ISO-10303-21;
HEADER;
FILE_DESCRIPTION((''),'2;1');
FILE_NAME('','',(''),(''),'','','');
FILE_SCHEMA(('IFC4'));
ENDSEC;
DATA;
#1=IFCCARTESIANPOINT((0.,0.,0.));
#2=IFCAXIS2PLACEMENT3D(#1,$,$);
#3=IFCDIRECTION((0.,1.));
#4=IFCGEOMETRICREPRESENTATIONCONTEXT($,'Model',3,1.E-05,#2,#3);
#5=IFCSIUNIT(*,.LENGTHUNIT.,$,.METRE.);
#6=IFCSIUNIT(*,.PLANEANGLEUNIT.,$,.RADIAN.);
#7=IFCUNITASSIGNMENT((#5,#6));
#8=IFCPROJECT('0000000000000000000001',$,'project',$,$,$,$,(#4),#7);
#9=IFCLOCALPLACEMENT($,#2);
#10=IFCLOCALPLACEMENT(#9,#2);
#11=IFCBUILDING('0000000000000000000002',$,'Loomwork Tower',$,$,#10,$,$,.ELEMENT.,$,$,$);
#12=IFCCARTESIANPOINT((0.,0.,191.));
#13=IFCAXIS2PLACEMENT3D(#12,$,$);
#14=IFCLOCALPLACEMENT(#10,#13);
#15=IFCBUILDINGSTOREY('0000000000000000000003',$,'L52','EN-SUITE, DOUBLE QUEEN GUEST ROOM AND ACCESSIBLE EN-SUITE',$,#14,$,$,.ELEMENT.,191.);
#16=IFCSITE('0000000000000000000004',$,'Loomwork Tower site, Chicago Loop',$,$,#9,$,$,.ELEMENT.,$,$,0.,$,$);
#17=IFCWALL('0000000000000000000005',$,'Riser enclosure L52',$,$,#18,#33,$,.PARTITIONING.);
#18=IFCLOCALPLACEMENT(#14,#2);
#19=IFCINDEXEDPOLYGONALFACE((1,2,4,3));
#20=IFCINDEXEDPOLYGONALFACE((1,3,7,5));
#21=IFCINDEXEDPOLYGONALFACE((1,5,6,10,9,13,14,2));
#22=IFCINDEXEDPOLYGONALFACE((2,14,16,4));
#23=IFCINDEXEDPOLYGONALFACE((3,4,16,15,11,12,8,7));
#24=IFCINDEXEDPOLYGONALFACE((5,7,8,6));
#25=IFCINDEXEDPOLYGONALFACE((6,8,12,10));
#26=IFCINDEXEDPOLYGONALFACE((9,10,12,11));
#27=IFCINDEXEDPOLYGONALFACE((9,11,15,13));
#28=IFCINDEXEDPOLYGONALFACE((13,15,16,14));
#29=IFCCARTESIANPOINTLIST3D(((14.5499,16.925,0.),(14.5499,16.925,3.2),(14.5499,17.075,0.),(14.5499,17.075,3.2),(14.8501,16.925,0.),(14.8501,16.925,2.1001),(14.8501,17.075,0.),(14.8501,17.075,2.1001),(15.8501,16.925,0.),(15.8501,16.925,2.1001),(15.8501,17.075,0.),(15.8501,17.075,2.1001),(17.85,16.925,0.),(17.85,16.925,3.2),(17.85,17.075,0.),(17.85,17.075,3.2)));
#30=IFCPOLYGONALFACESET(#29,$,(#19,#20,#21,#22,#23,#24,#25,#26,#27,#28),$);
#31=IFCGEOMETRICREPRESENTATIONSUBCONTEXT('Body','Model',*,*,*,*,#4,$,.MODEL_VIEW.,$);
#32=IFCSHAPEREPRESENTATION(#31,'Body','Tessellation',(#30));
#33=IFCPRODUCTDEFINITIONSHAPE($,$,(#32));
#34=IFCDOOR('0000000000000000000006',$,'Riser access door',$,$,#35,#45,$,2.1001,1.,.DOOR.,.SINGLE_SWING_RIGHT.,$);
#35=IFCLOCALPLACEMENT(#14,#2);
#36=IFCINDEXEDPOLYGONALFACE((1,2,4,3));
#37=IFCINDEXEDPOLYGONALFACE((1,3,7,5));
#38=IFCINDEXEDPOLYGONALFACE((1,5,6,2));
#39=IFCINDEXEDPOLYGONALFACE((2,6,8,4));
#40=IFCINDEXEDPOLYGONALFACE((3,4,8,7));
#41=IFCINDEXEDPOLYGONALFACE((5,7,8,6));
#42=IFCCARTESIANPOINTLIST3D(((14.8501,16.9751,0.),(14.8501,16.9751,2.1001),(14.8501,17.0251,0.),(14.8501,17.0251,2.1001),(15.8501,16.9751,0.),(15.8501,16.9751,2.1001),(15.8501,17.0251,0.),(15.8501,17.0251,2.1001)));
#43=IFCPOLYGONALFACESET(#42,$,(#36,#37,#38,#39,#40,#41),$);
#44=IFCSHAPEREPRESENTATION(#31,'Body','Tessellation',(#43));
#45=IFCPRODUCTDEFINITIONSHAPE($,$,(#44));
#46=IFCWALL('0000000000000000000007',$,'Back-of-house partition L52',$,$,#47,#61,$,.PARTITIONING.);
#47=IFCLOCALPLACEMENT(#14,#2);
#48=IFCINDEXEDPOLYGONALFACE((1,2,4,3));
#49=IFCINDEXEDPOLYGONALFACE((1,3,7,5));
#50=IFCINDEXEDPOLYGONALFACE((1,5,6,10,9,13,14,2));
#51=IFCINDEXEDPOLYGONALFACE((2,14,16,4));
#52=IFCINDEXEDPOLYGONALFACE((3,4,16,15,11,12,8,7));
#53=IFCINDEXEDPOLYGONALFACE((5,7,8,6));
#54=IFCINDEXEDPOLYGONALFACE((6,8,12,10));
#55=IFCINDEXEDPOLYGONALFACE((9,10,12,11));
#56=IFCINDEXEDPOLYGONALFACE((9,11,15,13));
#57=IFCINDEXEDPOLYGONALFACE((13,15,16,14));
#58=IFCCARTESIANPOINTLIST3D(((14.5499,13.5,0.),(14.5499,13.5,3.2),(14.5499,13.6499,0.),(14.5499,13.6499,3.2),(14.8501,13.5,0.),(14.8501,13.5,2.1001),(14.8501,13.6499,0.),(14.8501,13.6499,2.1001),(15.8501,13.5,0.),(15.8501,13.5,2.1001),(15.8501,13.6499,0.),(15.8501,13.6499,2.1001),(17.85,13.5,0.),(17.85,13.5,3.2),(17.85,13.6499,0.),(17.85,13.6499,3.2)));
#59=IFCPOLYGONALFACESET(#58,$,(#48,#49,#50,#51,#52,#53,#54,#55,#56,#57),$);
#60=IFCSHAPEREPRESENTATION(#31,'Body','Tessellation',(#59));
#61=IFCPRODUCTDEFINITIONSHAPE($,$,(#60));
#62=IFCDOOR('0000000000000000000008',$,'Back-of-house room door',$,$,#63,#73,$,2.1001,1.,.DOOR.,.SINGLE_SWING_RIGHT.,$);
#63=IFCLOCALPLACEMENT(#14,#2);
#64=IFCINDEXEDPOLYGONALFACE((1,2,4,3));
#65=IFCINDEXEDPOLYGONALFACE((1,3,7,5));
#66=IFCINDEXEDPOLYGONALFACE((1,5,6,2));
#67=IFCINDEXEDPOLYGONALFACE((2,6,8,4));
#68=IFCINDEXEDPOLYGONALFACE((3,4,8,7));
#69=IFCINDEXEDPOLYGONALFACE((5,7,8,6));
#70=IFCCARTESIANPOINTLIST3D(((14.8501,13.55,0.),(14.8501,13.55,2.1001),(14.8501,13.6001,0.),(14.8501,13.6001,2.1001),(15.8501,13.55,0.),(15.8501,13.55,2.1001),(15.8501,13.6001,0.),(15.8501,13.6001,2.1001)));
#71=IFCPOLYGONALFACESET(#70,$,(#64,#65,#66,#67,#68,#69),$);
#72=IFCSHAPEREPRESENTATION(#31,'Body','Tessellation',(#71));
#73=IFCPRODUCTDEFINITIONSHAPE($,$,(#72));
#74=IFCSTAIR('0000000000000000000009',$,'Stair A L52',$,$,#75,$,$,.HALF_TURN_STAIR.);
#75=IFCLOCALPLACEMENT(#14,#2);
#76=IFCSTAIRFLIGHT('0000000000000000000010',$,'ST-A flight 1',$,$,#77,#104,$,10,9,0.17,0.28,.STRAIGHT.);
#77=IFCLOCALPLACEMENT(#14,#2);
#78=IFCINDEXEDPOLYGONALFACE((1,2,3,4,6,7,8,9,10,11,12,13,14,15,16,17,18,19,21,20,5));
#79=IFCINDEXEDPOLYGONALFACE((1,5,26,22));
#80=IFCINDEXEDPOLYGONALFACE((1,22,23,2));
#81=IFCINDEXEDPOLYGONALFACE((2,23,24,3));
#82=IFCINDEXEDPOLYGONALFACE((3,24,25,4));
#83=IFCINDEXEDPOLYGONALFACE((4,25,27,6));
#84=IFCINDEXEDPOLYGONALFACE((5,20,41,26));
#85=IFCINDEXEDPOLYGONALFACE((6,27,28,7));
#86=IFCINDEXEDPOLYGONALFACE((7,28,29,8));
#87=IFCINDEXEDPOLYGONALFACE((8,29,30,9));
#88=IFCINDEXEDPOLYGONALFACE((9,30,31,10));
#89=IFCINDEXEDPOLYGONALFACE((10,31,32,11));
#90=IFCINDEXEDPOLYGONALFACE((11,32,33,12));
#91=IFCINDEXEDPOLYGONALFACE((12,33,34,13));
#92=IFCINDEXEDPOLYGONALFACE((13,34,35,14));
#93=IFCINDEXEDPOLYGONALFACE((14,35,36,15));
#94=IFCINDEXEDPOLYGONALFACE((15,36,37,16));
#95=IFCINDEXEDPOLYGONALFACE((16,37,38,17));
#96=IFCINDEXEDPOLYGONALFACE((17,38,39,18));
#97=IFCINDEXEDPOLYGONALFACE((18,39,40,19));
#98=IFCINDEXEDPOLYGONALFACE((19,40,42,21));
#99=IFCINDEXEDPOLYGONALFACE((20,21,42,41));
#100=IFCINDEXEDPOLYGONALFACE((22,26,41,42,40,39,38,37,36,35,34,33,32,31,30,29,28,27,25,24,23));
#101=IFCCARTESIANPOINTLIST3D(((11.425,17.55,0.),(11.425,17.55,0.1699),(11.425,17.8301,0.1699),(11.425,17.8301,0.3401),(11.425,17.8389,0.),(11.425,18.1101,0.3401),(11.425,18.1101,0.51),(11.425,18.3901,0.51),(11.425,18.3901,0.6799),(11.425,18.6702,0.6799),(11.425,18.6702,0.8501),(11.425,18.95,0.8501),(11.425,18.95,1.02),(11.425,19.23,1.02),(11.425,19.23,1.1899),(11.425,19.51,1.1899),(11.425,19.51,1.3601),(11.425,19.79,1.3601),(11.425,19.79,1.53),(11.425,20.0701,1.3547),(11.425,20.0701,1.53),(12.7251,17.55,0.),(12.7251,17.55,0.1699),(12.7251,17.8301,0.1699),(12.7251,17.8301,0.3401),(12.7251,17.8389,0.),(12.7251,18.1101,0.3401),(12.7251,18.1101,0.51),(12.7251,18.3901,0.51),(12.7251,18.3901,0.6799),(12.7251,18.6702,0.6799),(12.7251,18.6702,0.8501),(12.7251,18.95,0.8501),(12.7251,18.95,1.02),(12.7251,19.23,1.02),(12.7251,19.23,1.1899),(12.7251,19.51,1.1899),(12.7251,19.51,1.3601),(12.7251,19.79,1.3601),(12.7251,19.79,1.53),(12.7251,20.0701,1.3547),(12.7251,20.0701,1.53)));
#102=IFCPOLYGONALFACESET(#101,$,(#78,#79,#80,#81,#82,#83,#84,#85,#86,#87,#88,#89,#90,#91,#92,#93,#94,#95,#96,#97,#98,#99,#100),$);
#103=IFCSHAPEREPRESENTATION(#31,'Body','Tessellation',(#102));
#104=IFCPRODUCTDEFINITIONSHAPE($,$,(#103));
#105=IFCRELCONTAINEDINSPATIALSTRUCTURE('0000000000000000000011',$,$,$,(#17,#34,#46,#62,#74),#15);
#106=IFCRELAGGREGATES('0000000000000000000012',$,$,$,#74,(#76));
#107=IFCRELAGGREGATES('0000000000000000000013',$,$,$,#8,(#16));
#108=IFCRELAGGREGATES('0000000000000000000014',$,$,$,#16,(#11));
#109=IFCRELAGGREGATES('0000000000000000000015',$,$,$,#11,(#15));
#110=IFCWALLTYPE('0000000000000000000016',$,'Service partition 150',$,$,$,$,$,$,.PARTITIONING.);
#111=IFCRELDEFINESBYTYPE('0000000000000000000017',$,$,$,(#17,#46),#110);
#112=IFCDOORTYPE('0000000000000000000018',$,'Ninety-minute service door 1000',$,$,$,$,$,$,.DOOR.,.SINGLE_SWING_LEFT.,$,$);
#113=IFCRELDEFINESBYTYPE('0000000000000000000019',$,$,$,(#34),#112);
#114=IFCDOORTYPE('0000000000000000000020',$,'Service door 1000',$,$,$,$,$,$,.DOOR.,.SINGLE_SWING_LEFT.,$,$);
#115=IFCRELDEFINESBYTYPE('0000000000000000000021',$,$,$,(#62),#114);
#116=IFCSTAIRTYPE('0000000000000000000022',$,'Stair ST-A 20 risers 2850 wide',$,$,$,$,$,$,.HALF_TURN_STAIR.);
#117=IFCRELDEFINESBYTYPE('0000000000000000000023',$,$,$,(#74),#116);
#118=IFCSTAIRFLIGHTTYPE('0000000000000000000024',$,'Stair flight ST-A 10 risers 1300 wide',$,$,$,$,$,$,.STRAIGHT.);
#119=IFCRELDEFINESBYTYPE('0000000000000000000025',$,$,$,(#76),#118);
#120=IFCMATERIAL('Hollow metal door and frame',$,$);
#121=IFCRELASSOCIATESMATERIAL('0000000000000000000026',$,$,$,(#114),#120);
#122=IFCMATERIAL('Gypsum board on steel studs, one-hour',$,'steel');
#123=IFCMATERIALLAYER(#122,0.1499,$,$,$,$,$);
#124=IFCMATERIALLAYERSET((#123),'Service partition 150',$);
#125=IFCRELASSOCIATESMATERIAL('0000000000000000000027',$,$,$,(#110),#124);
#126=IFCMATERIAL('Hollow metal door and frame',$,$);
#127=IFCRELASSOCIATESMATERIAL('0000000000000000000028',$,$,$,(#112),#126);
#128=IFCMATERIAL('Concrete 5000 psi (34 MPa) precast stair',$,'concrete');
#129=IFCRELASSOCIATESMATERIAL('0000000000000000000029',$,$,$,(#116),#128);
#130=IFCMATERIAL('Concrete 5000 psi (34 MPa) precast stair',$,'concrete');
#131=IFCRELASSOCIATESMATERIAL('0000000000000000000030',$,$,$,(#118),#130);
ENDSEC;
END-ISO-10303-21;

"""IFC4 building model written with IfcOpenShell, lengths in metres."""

from ifc_helpers import new_model, si_unit, direction, frame, frame_2d, origin, place, context, subcontext, project, spatial, polyline, rectangle, outline, extrude, material, layer, layer_set, type_object, element, fill, aggregate, save


model = new_model("IFC4")

# Units and contexts
model_context = context("Model", 3, precision=1e-05, world=origin(), true_north=direction((0.0, 1.0)))
body_context = subcontext(model_context, "Body", "Model", "MODEL_VIEW")
ifc_project = project(units=[si_unit("LENGTHUNIT", "METRE"), si_unit("PLANEANGLEUNIT", "RADIAN")], contexts=[model_context])

# Site, building, storey
site_placement = place(None, origin())
site = spatial("IfcSite", under=ifc_project, at=site_placement, Name="Loomwork Tower site, Chicago Loop", CompositionType="ELEMENT", RefElevation=0.0)
building_placement = place(site_placement, origin())
building = spatial("IfcBuilding", under=site, at=building_placement, Name="Loomwork Tower", CompositionType="ELEMENT")
storey_placement = place(building_placement, frame((0.0, 0.0, 191.0)))
storey = spatial("IfcBuildingStorey", under=building, at=storey_placement, Name="L52", Description="EN-SUITE, DOUBLE QUEEN GUEST ROOM AND ACCESSIBLE EN-SUITE", CompositionType="ELEMENT", Elevation=191.0)

# Shared definitions
ifc_material_1 = material(Name="Hollow metal door and frame")
door_type_1 = type_object("IfcDoorType", Name="Service door 1000", OperationType="SINGLE_SWING_LEFT", PredefinedType="DOOR", material=ifc_material_1)

# Walls, openings, doors
ifc_material_2 = material(Name="Gypsum board on steel studs, one-hour", Category="steel")
ifc_layer_1 = layer(ifc_material_2, 0.1499)
ifc_layer_set_1 = layer_set([ifc_layer_1], Name="Service partition 150")
wall_type_1 = type_object("IfcWallType", Name="Service partition 150", PredefinedType="PARTITIONING", material=ifc_layer_set_1)
wall_1_placement = place(storey_placement, frame((14.55, 17.0, 0.0), z_axis=(0.0, 0.0, 1.0), x_axis=(1.0, 0.0, 0.0)))
wall_1 = element("IfcWall", 1, at=wall_1_placement, inside=storey, type_object=wall_type_1, Name="Riser enclosure L52", PredefinedType="PARTITIONING", context=body_context, shape_type="SweptSolid", body=[
    extrude(rectangle(XDim=3.3, YDim=0.1499, at=frame_2d((1.6499, 0.0))), origin(), (0.0, 0.0, 1.0), 3.2),
])
opening_1_placement = place(wall_1_placement, frame((0.3, 0.0, 0.0)))
opening_1 = element("IfcOpeningElement", 2, at=opening_1_placement, cuts=wall_1, PredefinedType="OPENING", context=body_context, shape_type="SweptSolid", body=[
    extrude(rectangle(XDim=1.0, YDim=2.1001, at=frame_2d((0.5, 1.05))), frame((0.0, 0.085, 0.0), z_axis=(0.0, -1.0, 0.0), x_axis=(1.0, 0.0, 0.0)), (0.0, 0.0, 1.0), 0.1699),
])
ifc_material_3 = material(Name="Hollow metal door and frame")
door_type_2 = type_object("IfcDoorType", Name="Ninety-minute service door 1000", OperationType="SINGLE_SWING_LEFT", PredefinedType="DOOR", material=ifc_material_3)
door_1_placement = place(opening_1_placement, frame((1.0, 0.0, 0.0), z_axis=(0.0, 0.0, 1.0), x_axis=(-1.0, 0.0, 0.0)))
door_1 = element("IfcDoor", 3, at=door_1_placement, inside=storey, type_object=door_type_2, Name="Riser access door", OperationType="SINGLE_SWING_RIGHT", OverallHeight=2.1001, OverallWidth=1.0, PredefinedType="DOOR", context=body_context, shape_type="SweptSolid", body=[
    extrude(rectangle(XDim=1.0, YDim=2.1001, at=frame_2d((0.5, 1.05))), frame((0.0, 0.0249, 0.0), z_axis=(0.0, -1.0, 0.0), x_axis=(1.0, 0.0, 0.0)), (0.0, 0.0, 1.0), 0.05),
])
fill(opening_1, door_1)
wall_2_placement = place(storey_placement, frame((14.55, 13.575, 0.0), z_axis=(0.0, 0.0, 1.0), x_axis=(1.0, 0.0, 0.0)))
wall_2 = element("IfcWall", 4, at=wall_2_placement, inside=storey, type_object=wall_type_1, Name="Back-of-house partition L52", PredefinedType="PARTITIONING", context=body_context, shape_type="SweptSolid", body=[
    extrude(rectangle(XDim=3.3, YDim=0.1499, at=frame_2d((1.6499, 0.0))), origin(), (0.0, 0.0, 1.0), 3.2),
])
opening_2_placement = place(wall_2_placement, frame((0.3, 0.0, 0.0)))
opening_2 = element("IfcOpeningElement", 5, at=opening_2_placement, cuts=wall_2, PredefinedType="OPENING", context=body_context, shape_type="SweptSolid", body=[
    extrude(rectangle(XDim=1.0, YDim=2.1001, at=frame_2d((0.5, 1.05))), frame((0.0, 0.085, 0.0), z_axis=(0.0, -1.0, 0.0), x_axis=(1.0, 0.0, 0.0)), (0.0, 0.0, 1.0), 0.1699),
])
door_2_placement = place(opening_2_placement, frame((1.0, 0.0, 0.0), z_axis=(0.0, 0.0, 1.0), x_axis=(-1.0, 0.0, 0.0)))
door_2 = element("IfcDoor", 6, at=door_2_placement, inside=storey, type_object=door_type_1, Name="Back-of-house room door", OperationType="SINGLE_SWING_RIGHT", OverallHeight=2.1001, OverallWidth=1.0, PredefinedType="DOOR", context=body_context, shape_type="SweptSolid", body=[
    extrude(rectangle(XDim=1.0, YDim=2.1001, at=frame_2d((0.5, 1.05))), frame((0.0, 0.0249, 0.0), z_axis=(0.0, -1.0, 0.0), x_axis=(1.0, 0.0, 0.0)), (0.0, 0.0, 1.0), 0.05),
])
fill(opening_2, door_2)

# Stair, stair flight
ifc_material_4 = material(Name="Concrete 5000 psi (34 MPa) precast stair", Category="concrete")
stair_type = type_object("IfcStairType", Name="Stair ST-A 20 risers 2850 wide", PredefinedType="HALF_TURN_STAIR", material=ifc_material_4)
stair_placement = place(storey_placement, origin())
stair = element("IfcStair", 7, at=stair_placement, inside=storey, type_object=stair_type, Name="Stair A L52", PredefinedType="HALF_TURN_STAIR")
ifc_material_5 = material(Name="Concrete 5000 psi (34 MPa) precast stair", Category="concrete")
stair_flight_type = type_object("IfcStairFlightType", Name="Stair flight ST-A 10 risers 1300 wide", PredefinedType="STRAIGHT", material=ifc_material_5)
stair_flight_placement = place(storey_placement, frame((12.075, 17.55, 0.0), z_axis=(0.0, 0.0, 1.0), x_axis=(0.0, 1.0, 0.0)))
stair_flight = element("IfcStairFlight", 8, at=stair_flight_placement, type_object=stair_flight_type, Name="ST-A flight 1", NumberOfRisers=10, NumberOfTreads=9, PredefinedType="STRAIGHT", RiserHeight=0.17, TreadLength=0.28, context=body_context, shape_type="SweptSolid", body=[
    extrude(outline(polyline([(0.0, 0.0), (0.0, 0.1699), (0.28, 0.1699), (0.28, 0.3401), (0.5601, 0.3401), (0.5601, 0.51), (0.8401, 0.51), (0.8401, 0.6799), (1.1201, 0.6799), (1.1201, 0.8501), (1.3999, 0.8501), (1.3999, 1.02), (1.6799, 1.02), (1.6799, 1.1899), (1.96, 1.1899), (1.96, 1.3601), (2.24, 1.3601), (2.24, 1.53), (2.52, 1.53), (2.52, 1.7), (2.52, 1.3547), (0.2888, 0.0), (0.0, 0.0)])), frame((0.0, 0.6499, 0.0), z_axis=(0.0, -1.0, 0.0), x_axis=(1.0, 0.0, 0.0)), (0.0, 0.0, 1.0), 1.3),
])
aggregate(stair, [stair_flight])

save(model, "model.ifc")
